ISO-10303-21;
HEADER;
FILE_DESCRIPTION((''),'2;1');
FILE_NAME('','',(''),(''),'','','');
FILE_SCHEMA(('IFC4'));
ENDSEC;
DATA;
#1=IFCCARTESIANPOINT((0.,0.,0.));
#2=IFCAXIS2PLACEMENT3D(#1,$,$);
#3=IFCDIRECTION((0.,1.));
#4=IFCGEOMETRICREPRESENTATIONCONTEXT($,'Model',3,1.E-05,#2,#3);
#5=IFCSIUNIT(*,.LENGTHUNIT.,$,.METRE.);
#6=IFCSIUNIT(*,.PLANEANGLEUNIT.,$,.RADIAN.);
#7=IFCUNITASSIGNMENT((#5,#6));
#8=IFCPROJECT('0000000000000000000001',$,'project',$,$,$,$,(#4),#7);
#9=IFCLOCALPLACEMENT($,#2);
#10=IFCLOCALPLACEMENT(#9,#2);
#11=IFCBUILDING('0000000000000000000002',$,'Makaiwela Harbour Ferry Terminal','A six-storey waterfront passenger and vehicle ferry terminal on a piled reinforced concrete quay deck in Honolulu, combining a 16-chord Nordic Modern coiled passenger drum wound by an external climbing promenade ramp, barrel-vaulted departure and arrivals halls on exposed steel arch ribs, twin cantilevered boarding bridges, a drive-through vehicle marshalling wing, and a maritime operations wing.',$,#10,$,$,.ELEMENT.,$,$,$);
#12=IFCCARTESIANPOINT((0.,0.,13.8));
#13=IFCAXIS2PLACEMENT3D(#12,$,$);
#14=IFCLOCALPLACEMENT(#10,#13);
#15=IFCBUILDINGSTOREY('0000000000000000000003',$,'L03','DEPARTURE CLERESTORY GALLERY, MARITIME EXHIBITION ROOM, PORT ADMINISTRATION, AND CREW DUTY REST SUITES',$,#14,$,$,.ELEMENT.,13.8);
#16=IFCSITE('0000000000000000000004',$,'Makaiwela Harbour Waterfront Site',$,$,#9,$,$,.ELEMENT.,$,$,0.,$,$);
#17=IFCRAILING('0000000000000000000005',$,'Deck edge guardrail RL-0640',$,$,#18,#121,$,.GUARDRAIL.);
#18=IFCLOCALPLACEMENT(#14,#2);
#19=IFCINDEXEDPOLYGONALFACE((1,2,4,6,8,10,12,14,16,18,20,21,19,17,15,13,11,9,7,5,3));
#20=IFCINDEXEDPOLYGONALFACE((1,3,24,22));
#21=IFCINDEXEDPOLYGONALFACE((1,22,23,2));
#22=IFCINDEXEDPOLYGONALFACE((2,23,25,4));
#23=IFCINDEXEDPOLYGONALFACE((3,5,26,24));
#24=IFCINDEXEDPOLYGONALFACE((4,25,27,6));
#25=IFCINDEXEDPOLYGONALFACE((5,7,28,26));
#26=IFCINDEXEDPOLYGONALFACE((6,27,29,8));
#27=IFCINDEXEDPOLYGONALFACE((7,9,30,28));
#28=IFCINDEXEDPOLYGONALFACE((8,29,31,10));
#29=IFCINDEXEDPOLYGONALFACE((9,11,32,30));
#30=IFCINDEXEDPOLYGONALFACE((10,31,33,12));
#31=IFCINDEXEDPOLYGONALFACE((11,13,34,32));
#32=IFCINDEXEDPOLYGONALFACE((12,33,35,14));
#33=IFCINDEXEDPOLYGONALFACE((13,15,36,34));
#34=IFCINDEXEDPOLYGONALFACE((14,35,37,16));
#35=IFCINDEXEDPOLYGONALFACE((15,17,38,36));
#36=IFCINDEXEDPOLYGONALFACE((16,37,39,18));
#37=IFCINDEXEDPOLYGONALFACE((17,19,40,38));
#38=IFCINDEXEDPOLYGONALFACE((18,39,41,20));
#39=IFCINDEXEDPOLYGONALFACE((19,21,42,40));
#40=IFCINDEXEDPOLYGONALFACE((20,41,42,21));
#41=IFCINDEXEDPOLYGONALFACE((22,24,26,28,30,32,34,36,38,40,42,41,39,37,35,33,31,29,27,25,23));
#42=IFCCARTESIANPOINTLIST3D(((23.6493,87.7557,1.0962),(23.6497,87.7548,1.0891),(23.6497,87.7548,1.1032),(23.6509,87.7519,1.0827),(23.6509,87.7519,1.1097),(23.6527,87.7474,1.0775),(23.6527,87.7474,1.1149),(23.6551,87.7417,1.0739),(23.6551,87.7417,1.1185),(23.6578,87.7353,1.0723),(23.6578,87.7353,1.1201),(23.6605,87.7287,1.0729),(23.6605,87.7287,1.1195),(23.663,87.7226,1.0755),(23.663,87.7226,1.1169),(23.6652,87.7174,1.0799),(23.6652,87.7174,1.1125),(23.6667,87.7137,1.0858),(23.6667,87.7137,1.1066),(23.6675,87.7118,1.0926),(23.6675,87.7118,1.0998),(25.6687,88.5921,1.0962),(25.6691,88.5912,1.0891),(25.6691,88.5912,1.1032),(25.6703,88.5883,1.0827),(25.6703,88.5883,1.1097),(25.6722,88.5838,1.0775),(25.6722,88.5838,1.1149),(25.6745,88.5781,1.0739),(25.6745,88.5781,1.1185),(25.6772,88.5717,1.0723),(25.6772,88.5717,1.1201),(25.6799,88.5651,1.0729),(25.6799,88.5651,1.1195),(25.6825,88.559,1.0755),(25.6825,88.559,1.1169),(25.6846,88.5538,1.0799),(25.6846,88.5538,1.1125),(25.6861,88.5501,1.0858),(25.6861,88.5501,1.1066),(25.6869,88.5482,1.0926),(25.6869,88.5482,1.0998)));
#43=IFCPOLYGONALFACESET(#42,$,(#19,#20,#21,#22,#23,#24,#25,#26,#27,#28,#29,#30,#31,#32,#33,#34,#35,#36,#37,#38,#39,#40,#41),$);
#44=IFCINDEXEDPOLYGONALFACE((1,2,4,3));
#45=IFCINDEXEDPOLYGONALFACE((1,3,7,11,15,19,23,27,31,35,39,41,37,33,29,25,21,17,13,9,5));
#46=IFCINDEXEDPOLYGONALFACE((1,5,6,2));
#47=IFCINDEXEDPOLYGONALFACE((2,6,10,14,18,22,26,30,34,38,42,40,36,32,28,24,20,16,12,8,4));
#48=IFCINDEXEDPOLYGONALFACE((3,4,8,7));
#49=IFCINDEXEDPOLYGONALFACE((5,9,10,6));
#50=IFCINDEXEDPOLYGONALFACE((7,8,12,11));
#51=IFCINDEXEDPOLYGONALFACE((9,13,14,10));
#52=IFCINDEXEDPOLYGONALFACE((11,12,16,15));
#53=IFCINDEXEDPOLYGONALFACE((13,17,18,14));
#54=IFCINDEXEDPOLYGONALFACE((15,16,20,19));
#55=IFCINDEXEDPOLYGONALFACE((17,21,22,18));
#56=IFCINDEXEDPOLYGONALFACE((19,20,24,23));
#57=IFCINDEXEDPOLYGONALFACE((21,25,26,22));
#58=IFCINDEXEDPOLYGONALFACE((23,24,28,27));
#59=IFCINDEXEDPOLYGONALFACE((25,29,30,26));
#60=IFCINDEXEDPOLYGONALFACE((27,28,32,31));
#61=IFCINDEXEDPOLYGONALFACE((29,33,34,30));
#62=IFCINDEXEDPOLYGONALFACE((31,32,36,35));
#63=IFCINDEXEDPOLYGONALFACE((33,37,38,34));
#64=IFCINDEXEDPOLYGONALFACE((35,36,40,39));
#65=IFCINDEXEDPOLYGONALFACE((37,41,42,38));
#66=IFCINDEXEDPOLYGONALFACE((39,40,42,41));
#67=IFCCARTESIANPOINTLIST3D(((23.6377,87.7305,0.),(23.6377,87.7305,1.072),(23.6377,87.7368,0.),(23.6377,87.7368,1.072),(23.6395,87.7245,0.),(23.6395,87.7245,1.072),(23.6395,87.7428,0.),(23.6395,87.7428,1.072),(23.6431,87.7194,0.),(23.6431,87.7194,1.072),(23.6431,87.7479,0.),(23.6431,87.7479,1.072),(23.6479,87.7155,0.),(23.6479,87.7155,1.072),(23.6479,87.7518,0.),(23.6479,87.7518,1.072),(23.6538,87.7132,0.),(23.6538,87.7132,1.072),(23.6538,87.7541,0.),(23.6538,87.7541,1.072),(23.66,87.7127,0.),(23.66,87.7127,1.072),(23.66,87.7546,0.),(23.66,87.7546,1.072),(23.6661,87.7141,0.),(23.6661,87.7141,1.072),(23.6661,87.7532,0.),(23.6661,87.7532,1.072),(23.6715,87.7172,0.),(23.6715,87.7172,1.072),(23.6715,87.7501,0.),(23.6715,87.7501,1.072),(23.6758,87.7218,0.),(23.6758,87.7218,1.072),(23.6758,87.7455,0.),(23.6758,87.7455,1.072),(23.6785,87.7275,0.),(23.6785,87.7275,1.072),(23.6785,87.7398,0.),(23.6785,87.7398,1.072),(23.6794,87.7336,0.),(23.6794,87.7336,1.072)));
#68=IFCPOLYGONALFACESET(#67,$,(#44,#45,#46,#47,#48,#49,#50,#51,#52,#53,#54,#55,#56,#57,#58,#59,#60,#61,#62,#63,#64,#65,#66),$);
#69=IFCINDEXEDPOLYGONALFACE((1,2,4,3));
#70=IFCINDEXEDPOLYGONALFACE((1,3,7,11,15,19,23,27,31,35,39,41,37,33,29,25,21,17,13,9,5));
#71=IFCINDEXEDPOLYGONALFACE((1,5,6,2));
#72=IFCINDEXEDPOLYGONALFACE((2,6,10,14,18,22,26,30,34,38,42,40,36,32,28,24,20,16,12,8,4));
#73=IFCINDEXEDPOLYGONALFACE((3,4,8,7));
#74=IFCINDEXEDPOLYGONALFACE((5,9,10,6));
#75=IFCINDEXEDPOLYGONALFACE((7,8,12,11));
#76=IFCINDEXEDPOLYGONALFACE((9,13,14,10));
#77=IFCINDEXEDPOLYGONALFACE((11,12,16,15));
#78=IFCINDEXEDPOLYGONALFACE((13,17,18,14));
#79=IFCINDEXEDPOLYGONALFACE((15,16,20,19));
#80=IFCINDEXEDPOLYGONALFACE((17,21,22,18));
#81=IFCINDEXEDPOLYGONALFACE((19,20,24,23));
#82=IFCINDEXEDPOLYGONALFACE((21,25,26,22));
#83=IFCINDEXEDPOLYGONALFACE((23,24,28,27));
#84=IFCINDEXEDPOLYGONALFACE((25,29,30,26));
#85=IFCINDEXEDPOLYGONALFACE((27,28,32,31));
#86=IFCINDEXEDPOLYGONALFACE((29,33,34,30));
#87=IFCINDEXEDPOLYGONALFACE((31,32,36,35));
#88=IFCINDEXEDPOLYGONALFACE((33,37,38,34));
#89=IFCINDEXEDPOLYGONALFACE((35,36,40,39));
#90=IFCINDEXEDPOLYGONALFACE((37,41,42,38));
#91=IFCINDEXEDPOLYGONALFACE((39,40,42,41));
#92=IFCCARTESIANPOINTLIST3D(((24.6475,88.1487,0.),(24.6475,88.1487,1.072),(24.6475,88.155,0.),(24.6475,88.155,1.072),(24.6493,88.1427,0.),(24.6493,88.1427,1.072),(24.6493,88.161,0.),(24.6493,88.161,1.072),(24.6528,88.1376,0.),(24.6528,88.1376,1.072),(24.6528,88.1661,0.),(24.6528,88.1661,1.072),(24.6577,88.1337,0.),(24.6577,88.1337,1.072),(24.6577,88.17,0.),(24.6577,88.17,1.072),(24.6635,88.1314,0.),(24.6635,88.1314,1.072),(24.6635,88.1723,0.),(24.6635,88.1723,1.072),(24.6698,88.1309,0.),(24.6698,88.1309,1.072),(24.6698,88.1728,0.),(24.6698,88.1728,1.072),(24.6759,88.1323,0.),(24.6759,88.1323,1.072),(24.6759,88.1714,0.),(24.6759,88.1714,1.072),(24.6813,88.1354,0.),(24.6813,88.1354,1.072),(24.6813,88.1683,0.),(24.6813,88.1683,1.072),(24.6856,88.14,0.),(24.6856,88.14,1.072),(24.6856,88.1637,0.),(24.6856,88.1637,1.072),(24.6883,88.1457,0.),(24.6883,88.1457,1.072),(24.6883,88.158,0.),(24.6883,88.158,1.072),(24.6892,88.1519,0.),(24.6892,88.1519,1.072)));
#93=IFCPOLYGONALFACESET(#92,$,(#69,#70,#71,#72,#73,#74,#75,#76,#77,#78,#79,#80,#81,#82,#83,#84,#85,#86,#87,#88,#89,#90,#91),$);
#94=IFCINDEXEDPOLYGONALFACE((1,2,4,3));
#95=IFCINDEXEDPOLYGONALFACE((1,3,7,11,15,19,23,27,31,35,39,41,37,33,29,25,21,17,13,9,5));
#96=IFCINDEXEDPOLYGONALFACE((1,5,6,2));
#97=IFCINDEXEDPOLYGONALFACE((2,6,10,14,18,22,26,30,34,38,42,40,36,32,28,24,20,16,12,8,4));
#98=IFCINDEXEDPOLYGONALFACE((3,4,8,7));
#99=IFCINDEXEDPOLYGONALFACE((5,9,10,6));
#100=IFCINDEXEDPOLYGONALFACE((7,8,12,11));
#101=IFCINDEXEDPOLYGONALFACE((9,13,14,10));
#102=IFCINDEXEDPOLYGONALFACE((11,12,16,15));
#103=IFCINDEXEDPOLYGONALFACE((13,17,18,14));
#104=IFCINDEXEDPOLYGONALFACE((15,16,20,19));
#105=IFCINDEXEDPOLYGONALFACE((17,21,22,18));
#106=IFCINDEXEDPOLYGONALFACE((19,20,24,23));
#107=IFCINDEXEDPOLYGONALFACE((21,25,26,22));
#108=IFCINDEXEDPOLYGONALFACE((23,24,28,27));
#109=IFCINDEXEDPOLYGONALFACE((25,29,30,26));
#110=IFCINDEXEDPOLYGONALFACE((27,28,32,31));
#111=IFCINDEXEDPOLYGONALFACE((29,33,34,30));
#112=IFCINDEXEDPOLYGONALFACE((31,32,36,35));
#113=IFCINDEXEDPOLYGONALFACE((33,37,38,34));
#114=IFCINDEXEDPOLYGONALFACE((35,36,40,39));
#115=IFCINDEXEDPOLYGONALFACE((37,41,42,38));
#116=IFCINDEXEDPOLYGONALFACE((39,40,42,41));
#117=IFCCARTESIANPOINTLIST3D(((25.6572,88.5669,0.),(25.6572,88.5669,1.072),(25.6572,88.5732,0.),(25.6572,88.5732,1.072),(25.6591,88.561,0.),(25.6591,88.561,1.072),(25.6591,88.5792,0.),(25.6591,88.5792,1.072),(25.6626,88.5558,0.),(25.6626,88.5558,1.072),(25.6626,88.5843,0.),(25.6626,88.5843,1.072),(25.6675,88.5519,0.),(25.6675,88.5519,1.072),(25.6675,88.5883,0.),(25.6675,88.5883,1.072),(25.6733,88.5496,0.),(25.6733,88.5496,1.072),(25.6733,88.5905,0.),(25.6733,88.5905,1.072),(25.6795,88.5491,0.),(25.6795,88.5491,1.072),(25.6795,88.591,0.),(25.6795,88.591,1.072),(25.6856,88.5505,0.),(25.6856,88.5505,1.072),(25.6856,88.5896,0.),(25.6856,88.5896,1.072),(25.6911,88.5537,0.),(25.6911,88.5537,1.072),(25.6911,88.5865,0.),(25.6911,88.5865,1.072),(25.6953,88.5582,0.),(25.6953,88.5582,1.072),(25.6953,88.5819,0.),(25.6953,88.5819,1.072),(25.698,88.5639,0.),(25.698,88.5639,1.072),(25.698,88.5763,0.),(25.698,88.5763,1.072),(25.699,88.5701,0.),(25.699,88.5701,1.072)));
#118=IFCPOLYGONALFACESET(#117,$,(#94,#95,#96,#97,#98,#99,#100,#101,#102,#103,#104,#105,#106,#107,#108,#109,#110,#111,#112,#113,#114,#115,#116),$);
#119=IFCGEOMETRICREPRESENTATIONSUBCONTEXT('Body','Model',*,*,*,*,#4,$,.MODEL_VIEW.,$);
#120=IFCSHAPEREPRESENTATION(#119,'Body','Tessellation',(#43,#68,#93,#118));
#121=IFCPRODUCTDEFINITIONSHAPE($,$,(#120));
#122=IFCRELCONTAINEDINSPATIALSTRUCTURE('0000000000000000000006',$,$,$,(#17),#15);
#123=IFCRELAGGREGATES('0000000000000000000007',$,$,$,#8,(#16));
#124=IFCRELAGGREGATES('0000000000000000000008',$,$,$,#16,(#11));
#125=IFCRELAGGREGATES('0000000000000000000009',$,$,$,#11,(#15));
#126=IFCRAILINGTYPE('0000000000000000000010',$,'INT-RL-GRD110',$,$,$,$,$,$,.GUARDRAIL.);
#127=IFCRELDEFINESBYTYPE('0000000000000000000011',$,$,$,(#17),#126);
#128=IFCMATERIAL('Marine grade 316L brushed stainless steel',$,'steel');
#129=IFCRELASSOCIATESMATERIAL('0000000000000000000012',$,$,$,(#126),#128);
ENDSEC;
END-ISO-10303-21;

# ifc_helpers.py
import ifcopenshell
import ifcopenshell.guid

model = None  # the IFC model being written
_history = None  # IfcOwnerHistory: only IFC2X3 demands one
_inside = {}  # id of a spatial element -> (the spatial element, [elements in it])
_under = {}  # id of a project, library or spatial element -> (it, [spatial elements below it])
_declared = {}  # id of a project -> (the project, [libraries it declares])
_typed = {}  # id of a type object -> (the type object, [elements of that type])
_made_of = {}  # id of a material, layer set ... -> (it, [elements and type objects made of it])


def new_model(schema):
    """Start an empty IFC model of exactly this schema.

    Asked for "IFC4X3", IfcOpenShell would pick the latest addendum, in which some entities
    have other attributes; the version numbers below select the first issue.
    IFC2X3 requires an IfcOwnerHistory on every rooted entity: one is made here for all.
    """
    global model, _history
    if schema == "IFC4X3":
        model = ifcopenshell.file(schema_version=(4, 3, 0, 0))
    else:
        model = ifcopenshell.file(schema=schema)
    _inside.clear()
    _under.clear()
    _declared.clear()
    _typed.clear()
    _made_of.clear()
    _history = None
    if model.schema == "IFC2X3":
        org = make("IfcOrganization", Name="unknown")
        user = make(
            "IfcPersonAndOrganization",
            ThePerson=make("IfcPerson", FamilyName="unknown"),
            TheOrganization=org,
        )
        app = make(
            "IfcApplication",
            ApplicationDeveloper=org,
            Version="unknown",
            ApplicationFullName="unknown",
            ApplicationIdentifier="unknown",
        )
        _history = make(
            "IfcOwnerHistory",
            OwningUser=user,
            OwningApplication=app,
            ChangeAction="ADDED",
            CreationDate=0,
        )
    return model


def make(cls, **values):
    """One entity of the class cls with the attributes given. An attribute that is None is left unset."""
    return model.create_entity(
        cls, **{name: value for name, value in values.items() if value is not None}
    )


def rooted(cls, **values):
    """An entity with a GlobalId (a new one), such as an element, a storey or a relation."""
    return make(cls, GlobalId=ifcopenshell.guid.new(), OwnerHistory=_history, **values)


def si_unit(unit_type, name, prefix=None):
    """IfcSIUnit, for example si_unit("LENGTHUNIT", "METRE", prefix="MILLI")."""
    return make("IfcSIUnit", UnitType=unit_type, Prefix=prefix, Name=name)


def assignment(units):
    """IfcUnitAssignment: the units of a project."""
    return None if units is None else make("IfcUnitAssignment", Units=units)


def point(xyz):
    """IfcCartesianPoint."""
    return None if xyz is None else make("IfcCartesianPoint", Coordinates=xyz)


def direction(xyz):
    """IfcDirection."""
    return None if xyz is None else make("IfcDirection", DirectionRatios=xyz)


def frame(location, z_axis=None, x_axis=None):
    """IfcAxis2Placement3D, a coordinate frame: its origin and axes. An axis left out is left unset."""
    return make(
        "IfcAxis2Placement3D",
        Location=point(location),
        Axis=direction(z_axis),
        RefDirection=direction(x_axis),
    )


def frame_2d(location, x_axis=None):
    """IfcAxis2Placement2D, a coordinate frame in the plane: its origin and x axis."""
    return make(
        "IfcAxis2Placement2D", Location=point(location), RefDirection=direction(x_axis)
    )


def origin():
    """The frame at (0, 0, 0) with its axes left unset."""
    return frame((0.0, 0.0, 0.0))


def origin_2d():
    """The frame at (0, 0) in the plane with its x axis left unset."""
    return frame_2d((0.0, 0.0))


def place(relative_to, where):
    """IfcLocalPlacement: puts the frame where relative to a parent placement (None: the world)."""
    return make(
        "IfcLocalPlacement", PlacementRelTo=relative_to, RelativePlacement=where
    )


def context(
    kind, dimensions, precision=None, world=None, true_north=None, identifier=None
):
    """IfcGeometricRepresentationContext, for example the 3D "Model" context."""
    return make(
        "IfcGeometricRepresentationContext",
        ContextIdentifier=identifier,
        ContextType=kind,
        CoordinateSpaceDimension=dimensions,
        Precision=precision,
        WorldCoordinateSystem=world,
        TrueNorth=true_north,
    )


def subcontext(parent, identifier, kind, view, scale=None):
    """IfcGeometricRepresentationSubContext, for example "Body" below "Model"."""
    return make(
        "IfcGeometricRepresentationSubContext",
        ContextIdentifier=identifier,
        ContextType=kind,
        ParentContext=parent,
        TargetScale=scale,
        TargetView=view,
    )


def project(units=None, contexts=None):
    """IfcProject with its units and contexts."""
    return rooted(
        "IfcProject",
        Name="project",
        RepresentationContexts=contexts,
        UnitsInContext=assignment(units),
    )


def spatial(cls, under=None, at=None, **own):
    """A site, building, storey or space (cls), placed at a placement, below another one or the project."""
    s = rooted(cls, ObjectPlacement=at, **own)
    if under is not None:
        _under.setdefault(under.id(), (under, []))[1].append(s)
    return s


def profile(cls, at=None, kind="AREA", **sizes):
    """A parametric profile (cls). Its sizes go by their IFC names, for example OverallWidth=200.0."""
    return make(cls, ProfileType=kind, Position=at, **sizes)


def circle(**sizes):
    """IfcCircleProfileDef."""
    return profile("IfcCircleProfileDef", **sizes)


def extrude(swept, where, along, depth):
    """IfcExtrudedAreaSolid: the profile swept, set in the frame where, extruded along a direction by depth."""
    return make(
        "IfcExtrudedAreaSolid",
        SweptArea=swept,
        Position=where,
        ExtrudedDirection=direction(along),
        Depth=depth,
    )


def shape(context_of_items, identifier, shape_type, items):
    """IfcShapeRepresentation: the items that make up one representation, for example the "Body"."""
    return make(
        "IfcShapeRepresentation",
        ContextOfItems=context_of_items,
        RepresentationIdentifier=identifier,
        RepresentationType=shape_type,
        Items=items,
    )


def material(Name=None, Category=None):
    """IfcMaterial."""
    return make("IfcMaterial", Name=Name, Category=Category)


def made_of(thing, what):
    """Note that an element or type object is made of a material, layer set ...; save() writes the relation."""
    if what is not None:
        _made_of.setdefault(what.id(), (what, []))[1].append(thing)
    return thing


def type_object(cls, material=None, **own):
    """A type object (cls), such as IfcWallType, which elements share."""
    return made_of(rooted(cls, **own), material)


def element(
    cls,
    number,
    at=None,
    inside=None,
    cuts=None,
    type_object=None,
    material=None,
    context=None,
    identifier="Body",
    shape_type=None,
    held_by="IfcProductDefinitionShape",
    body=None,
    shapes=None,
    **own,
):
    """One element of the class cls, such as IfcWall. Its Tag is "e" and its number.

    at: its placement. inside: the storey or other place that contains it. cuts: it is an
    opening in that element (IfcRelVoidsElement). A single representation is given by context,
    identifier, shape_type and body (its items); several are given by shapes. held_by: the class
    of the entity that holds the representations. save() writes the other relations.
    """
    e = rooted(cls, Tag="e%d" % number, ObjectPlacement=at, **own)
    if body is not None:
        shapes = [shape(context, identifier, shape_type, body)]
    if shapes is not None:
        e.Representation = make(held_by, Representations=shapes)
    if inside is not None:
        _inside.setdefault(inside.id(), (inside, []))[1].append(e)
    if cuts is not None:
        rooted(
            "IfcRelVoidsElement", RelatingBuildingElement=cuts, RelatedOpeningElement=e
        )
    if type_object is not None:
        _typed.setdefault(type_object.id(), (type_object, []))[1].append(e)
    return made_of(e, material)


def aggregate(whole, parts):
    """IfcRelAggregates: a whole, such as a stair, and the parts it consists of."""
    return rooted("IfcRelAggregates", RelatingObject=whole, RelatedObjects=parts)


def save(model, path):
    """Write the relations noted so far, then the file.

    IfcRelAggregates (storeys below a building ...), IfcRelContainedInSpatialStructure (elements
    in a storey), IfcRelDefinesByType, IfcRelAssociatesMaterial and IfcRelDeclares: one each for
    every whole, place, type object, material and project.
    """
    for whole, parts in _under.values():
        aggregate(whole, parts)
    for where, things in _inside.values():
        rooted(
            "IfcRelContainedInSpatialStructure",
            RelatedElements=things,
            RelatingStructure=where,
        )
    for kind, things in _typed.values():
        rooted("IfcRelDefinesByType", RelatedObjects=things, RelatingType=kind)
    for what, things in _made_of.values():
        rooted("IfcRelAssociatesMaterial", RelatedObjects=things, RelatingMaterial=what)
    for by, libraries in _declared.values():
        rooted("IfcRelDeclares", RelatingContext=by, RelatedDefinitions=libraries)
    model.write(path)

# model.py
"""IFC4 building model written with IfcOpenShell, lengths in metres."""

from ifc_helpers import new_model, si_unit, direction, frame, origin, origin_2d, place, context, subcontext, project, spatial, circle, extrude, material, type_object, element, save


model = new_model("IFC4")

# Units and contexts
model_context = context("Model", 3, precision=1e-05, world=origin(), true_north=direction((0.0, 1.0)))
body_context = subcontext(model_context, "Body", "Model", "MODEL_VIEW")
ifc_project = project(units=[si_unit("LENGTHUNIT", "METRE"), si_unit("PLANEANGLEUNIT", "RADIAN")], contexts=[model_context])

# Site, building, storey
site_placement = place(None, origin())
site = spatial("IfcSite", under=ifc_project, at=site_placement, Name="Makaiwela Harbour Waterfront Site", CompositionType="ELEMENT", RefElevation=0.0)
building_placement = place(site_placement, origin())
building = spatial("IfcBuilding", under=site, at=building_placement, Name="Makaiwela Harbour Ferry Terminal", Description="A six-storey waterfront passenger and vehicle ferry terminal on a piled reinforced concrete quay deck in Honolulu, combining a 16-chord Nordic Modern coiled passenger drum wound by an external climbing promenade ramp, barrel-vaulted departure and arrivals halls on exposed steel arch ribs, twin cantilevered boarding bridges, a drive-through vehicle marshalling wing, and a maritime operations wing.", CompositionType="ELEMENT")
storey_placement = place(building_placement, frame((0.0, 0.0, 13.8)))
storey = spatial("IfcBuildingStorey", under=building, at=storey_placement, Name="L03", Description="DEPARTURE CLERESTORY GALLERY, MARITIME EXHIBITION ROOM, PORT ADMINISTRATION, AND CREW DUTY REST SUITES", CompositionType="ELEMENT", Elevation=13.8)

# Railing
ifc_material_1 = material(Name="Marine grade 316L brushed stainless steel", Category="steel")
railing_type = type_object("IfcRailingType", Name="INT-RL-GRD110", PredefinedType="GUARDRAIL", material=ifc_material_1)
railing_placement = place(storey_placement, frame((23.6584, 87.7336, 0.0)))
element("IfcRailing", 1, at=railing_placement, inside=storey, type_object=railing_type, Name="Deck edge guardrail RL-0640", PredefinedType="GUARDRAIL", context=body_context, shape_type="SweptSolid", body=[
    extrude(circle(Radius=0.0239, at=origin_2d()), frame((0.0, 0.0, 1.0962), z_axis=(0.923894, 0.382648, 0.0), x_axis=(-0.382648, 0.923894, 0.0)), (0.0, 0.0, 1.0), 2.1858),
    extrude(circle(Radius=0.021, at=origin_2d()), origin(), (0.0, 0.0, 1.0), 1.072),
    extrude(circle(Radius=0.021, at=origin_2d()), frame((1.0098, 0.4182, 0.0)), (0.0, 0.0, 1.0), 1.072),
    extrude(circle(Radius=0.021, at=origin_2d()), frame((2.0195, 0.8364, 0.0)), (0.0, 0.0, 1.0), 1.072),
])

save(model, "model.ifc")
